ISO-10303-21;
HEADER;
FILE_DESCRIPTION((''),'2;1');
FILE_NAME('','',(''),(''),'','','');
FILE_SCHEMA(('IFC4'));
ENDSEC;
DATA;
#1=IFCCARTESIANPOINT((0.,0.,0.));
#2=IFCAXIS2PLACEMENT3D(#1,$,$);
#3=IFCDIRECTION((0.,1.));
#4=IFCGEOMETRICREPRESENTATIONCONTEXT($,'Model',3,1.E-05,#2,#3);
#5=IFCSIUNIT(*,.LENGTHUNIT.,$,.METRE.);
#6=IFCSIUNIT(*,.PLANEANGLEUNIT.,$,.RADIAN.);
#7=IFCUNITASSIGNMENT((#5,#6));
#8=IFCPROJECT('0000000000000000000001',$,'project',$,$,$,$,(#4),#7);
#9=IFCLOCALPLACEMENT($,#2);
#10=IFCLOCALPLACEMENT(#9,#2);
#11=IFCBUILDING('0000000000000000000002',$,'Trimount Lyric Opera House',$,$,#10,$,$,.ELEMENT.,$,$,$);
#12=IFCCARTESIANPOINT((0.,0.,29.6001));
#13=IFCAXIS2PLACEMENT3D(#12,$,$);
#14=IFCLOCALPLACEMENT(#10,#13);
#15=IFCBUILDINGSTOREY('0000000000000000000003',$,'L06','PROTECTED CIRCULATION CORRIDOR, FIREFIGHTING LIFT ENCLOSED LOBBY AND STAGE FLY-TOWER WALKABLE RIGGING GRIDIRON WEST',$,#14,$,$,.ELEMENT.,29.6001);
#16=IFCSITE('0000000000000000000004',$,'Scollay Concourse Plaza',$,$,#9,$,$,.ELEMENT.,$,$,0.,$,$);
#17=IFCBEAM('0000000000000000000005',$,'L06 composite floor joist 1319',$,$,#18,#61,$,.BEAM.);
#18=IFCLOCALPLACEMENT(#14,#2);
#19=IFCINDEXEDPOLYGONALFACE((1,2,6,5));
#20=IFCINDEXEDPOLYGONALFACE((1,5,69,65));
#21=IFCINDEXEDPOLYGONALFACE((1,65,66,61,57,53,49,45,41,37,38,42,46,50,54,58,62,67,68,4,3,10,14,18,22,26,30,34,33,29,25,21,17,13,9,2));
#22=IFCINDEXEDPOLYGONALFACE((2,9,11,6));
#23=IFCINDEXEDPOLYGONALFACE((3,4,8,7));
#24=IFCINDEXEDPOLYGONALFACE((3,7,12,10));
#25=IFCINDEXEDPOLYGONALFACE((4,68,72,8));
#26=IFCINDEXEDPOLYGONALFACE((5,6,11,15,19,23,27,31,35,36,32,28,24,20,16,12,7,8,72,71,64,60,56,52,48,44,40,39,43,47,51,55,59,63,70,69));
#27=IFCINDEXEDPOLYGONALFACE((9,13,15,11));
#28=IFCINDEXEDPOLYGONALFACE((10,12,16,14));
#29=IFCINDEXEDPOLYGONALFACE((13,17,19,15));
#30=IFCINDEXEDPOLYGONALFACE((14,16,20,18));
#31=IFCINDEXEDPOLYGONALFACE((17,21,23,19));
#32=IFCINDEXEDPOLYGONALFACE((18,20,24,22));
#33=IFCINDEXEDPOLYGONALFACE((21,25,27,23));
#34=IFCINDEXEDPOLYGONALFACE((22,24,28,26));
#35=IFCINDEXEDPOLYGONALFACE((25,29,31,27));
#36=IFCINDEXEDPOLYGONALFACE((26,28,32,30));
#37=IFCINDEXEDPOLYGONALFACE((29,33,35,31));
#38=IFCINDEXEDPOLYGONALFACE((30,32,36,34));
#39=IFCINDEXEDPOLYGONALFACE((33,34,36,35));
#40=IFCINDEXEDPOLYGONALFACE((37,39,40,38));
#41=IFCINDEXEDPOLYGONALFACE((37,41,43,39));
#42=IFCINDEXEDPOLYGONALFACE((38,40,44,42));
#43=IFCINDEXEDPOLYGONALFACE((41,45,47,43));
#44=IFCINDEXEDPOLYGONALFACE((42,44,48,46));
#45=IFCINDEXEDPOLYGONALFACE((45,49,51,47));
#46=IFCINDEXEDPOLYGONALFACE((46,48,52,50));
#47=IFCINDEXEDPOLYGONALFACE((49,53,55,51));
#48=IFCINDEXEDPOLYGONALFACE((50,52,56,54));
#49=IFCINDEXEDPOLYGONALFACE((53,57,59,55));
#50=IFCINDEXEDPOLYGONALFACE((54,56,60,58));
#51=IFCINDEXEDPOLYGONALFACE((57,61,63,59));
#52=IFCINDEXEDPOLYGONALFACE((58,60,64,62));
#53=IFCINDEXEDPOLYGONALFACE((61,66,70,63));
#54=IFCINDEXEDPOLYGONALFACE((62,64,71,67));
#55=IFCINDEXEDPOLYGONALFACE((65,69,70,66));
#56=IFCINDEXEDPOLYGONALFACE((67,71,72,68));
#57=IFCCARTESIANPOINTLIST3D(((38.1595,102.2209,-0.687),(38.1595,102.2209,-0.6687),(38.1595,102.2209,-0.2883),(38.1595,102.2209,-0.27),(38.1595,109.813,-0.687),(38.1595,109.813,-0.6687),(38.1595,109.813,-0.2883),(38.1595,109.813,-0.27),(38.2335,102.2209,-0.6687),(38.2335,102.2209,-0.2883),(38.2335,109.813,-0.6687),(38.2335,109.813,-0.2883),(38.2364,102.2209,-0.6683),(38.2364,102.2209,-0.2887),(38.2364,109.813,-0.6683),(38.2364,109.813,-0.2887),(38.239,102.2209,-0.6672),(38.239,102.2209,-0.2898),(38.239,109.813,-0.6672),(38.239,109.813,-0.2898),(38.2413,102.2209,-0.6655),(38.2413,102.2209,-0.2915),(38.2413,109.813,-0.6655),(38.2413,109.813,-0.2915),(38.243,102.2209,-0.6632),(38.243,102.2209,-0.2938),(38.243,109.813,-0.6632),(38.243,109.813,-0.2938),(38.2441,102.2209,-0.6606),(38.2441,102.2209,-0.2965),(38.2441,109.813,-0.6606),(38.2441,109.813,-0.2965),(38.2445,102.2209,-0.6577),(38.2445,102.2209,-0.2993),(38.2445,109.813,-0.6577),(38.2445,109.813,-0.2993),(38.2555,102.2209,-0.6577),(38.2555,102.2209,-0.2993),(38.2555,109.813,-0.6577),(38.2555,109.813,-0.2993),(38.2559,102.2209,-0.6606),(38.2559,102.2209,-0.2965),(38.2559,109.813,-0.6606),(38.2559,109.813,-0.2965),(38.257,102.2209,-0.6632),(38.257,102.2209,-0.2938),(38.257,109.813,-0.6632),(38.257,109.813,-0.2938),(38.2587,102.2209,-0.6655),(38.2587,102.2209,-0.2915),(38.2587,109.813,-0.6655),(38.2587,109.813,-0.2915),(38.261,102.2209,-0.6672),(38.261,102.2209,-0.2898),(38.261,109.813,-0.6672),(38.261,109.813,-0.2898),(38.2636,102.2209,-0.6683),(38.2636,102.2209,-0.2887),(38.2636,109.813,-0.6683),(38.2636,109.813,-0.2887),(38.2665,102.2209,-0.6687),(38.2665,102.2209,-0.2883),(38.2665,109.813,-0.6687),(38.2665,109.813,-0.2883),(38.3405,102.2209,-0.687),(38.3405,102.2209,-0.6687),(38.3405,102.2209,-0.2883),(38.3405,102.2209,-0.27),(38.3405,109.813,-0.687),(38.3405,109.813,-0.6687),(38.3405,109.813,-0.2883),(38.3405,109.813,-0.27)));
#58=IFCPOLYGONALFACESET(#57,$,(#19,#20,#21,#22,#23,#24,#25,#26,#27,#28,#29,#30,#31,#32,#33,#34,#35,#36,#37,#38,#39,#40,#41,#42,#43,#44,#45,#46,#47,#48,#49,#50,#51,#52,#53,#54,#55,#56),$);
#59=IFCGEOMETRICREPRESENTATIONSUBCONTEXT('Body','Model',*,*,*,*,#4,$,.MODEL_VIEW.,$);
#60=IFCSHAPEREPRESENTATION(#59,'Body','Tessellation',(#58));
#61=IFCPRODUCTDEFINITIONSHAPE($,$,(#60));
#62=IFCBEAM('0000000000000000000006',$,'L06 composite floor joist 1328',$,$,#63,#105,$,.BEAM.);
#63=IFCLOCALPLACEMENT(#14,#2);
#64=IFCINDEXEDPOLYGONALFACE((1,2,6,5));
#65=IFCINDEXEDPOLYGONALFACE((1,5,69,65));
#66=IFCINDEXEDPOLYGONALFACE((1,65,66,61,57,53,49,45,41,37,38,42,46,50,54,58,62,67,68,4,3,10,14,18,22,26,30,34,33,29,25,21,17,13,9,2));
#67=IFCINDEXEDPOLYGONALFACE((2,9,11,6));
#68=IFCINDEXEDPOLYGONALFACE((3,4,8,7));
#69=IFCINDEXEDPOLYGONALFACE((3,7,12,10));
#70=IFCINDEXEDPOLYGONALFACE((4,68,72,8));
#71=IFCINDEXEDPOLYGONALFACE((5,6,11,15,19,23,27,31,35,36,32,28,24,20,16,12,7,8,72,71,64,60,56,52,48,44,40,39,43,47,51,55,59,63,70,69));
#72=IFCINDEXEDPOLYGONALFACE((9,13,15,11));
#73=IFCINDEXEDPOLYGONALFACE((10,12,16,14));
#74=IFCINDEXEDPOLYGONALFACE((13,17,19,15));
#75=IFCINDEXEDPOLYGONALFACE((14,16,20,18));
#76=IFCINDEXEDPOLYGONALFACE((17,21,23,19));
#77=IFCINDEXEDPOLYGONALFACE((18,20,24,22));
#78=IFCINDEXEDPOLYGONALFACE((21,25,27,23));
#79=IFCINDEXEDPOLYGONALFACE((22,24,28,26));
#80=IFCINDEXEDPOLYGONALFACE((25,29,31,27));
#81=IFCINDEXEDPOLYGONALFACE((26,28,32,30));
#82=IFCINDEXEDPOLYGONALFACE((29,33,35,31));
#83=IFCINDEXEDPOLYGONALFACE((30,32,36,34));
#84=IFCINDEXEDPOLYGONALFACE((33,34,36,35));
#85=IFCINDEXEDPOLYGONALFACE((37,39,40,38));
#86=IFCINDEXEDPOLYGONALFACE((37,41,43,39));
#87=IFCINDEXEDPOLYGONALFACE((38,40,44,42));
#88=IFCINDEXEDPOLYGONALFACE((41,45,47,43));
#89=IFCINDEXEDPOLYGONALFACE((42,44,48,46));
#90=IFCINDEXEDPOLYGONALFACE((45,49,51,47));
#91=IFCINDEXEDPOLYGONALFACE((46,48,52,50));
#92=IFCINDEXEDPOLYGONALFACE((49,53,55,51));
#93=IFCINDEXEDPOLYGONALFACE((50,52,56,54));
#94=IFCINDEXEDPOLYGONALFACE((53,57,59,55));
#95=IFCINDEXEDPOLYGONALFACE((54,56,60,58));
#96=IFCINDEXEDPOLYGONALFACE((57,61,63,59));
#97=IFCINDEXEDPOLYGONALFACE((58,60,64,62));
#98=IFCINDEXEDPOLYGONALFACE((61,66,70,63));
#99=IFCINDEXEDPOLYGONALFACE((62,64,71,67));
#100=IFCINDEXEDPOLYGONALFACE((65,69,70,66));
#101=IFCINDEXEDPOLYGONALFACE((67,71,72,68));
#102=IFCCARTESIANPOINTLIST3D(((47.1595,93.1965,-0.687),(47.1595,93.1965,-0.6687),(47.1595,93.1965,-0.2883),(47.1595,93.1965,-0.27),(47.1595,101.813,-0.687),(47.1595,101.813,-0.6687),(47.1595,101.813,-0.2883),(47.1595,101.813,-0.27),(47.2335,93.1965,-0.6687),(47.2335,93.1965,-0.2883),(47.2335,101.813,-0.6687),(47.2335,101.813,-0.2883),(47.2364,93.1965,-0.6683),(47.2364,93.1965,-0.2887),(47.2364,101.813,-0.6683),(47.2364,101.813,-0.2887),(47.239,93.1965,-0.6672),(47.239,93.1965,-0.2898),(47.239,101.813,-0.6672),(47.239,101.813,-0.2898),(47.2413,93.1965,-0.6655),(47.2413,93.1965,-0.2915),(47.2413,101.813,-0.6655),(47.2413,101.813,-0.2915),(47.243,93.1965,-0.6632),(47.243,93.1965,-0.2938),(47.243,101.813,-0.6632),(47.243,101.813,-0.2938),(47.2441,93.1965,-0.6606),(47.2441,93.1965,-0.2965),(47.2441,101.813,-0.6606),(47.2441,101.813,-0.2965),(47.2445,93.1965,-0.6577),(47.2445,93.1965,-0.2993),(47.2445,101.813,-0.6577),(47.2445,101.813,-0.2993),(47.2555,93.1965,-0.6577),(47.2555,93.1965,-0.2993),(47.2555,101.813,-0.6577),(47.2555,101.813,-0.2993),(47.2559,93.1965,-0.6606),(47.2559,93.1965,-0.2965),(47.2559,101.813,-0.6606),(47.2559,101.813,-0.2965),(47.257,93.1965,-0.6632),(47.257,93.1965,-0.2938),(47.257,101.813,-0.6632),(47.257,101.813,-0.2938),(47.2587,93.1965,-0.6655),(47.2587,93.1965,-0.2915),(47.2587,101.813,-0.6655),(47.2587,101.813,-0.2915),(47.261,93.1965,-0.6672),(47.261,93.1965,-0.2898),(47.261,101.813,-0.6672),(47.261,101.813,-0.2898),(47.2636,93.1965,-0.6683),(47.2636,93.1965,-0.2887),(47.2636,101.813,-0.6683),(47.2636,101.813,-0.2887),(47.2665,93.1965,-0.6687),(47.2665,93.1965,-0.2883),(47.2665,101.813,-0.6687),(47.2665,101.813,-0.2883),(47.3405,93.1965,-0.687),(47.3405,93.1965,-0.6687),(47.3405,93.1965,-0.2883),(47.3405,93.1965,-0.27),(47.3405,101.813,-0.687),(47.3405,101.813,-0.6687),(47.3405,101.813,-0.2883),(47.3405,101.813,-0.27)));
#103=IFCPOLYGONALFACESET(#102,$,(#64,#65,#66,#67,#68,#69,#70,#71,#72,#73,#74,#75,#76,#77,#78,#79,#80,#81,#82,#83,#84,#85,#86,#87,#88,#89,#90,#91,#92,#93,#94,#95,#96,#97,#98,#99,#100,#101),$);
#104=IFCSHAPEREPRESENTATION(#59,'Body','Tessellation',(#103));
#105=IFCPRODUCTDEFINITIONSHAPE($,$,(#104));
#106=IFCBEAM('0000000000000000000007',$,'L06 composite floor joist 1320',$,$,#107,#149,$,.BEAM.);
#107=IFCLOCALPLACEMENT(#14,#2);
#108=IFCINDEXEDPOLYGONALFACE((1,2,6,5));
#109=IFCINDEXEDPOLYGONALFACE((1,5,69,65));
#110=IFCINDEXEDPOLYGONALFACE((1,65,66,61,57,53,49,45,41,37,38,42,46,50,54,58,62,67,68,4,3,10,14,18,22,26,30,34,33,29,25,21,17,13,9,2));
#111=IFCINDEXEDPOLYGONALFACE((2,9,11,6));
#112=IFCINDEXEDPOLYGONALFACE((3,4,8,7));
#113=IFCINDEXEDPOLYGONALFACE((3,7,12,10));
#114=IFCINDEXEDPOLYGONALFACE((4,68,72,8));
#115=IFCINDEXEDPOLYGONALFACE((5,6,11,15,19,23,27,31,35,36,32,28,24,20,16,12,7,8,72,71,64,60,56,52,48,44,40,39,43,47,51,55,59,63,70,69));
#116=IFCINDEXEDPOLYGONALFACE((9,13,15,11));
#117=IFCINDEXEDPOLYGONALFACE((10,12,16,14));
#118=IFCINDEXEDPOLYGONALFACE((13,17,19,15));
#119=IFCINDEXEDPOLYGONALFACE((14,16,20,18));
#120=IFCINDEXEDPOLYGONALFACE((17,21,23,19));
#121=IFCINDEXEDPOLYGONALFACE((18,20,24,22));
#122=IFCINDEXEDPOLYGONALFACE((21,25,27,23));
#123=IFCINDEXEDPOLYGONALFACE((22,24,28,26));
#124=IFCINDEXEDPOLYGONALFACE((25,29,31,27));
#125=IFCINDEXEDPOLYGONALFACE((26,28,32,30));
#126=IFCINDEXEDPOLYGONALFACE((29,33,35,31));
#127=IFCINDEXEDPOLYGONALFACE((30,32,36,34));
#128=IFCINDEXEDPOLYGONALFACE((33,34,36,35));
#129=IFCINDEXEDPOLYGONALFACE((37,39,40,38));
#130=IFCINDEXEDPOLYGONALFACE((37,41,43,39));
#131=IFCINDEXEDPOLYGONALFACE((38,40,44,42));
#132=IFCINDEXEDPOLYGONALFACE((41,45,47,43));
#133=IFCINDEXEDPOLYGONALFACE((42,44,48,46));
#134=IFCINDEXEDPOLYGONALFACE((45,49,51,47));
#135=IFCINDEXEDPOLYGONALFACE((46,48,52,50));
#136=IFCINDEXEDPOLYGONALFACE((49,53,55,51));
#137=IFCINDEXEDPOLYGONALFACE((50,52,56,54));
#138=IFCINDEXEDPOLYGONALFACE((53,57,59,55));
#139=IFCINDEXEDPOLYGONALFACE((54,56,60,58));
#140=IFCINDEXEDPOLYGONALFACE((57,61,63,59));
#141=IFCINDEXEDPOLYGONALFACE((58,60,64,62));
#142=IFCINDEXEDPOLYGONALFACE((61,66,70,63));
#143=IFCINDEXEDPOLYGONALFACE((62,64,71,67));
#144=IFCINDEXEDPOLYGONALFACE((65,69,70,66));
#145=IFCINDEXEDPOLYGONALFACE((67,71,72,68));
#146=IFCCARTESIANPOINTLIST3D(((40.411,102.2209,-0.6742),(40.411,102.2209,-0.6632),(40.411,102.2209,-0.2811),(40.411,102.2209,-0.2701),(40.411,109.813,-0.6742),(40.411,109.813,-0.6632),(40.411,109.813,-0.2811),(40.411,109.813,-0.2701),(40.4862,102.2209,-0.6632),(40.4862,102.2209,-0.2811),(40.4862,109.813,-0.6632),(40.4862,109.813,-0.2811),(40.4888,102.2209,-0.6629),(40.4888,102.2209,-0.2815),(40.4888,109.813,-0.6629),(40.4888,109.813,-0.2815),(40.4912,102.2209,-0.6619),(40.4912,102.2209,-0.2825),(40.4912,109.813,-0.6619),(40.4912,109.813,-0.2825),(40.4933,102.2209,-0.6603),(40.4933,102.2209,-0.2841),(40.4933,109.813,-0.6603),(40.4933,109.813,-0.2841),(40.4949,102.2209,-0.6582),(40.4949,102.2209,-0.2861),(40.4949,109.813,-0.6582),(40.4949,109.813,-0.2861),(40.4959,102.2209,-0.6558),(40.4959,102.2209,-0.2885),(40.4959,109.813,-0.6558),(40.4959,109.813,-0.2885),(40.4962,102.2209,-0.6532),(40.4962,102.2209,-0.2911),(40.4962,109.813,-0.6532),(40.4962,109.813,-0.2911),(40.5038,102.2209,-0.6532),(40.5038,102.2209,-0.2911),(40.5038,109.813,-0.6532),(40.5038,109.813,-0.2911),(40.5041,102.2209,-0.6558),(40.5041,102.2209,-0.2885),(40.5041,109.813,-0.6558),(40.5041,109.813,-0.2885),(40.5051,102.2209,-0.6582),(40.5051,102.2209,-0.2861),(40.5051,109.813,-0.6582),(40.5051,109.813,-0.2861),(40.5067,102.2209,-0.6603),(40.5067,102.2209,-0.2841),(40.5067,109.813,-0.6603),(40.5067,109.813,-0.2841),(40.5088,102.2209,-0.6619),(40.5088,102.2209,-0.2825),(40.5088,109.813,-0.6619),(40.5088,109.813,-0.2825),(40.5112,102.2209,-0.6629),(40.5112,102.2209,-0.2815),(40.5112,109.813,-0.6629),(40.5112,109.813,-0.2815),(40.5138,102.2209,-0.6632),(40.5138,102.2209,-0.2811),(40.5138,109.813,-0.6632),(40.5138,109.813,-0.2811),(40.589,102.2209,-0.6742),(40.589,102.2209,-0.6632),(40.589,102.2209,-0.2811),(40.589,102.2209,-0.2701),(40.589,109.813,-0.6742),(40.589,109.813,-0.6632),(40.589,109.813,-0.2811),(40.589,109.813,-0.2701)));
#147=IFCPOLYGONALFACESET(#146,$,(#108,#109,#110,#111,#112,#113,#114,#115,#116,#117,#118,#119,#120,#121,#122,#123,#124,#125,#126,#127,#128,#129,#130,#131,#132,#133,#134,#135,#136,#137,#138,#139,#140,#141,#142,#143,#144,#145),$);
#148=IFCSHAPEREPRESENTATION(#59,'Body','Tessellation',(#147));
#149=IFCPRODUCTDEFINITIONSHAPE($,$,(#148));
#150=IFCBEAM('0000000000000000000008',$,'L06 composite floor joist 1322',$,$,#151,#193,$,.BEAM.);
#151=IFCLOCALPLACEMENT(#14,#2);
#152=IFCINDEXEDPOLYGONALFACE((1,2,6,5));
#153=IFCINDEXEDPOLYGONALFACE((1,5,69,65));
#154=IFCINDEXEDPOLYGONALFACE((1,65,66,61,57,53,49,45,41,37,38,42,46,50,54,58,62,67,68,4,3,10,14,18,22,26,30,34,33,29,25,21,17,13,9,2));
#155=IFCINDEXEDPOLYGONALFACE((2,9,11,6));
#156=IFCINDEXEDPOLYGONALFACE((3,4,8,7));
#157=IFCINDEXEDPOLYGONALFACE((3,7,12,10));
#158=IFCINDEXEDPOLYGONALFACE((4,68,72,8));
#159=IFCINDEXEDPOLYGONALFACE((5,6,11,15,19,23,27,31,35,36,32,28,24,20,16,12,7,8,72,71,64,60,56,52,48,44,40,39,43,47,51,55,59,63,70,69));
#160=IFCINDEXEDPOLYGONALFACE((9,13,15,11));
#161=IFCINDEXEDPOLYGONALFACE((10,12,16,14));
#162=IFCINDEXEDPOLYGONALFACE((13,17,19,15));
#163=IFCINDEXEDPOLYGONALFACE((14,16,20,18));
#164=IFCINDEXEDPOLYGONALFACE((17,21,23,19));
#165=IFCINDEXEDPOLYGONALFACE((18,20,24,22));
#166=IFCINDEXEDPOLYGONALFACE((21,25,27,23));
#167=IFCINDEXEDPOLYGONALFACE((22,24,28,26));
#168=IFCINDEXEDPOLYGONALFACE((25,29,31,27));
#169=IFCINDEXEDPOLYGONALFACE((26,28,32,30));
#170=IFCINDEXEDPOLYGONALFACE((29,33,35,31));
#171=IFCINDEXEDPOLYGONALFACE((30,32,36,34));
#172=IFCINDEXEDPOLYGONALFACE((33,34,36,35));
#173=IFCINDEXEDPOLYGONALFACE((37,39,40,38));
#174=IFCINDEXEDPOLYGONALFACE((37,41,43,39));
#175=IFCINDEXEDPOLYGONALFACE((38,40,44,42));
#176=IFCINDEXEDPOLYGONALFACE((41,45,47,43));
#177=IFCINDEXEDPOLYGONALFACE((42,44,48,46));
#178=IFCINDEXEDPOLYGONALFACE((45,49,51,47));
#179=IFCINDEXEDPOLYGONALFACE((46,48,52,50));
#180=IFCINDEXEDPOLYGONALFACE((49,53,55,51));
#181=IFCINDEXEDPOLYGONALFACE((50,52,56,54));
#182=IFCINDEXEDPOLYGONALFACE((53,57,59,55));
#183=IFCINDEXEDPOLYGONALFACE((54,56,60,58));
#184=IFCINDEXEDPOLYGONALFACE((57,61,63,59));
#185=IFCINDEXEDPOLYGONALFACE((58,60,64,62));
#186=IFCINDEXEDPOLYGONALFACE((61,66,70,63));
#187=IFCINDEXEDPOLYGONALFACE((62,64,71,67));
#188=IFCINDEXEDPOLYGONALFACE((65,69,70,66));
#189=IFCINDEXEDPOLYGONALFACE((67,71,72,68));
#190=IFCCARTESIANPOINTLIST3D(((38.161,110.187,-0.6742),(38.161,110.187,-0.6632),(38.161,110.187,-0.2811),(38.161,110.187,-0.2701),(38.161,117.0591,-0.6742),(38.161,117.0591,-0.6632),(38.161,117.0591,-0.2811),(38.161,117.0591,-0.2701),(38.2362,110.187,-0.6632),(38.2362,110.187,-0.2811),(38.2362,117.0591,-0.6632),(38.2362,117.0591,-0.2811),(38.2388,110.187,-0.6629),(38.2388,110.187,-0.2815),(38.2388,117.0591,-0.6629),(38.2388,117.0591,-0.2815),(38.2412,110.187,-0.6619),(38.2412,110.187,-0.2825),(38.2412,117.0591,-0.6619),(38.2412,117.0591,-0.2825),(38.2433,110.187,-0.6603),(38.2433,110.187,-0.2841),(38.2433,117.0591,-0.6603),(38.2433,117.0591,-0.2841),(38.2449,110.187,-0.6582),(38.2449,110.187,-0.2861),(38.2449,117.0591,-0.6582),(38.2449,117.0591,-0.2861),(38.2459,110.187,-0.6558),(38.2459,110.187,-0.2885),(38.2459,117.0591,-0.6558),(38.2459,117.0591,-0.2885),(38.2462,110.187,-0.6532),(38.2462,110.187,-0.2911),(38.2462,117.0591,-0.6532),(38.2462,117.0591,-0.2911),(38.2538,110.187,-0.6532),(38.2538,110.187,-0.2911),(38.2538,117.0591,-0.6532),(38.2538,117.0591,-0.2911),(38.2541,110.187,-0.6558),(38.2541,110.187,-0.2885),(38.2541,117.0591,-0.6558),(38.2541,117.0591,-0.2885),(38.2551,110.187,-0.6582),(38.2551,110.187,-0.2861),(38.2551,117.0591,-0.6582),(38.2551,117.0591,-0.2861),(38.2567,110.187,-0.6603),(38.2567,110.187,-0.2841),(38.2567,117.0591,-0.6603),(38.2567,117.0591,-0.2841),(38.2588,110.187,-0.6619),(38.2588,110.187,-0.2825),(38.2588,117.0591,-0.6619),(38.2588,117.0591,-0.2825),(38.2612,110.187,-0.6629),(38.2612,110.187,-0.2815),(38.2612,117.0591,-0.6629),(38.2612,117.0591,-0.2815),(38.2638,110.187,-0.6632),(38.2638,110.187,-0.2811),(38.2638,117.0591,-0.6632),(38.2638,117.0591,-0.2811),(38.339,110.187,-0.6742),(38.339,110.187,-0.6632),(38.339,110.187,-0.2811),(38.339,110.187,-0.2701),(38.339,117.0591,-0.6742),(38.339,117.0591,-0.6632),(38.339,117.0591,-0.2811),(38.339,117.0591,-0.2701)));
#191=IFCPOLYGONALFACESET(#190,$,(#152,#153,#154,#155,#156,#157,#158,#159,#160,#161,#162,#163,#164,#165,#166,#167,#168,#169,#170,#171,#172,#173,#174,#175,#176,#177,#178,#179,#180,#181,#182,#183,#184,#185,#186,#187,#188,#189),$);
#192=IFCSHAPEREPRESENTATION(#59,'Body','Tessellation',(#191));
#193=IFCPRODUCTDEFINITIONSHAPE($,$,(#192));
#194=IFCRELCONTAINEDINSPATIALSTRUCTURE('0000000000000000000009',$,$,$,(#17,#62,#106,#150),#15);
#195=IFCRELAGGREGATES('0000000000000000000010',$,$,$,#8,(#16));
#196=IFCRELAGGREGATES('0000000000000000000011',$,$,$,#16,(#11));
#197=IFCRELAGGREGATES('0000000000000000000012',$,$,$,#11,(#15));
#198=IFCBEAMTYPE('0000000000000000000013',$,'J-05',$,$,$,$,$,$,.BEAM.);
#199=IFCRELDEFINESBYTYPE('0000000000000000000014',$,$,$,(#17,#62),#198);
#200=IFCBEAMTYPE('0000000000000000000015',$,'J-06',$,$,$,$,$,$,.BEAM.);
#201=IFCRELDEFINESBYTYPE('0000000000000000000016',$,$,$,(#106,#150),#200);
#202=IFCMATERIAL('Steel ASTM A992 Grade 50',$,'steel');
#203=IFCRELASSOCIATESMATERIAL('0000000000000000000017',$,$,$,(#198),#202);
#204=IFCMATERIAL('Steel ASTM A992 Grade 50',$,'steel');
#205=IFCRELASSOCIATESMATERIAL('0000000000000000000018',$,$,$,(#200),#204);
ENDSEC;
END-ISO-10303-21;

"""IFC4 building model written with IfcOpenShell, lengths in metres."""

from ifc_helpers import new_model, si_unit, direction, frame, origin, origin_2d, place, context, subcontext, project, spatial, i_section, extrude, material, material_profile, profile_set, type_object, element, save


model = new_model("IFC4")

# Units and contexts
model_context = context("Model", 3, precision=1e-05, world=origin(), true_north=direction((0.0, 1.0)))
body_context = subcontext(model_context, "Body", "Model", "MODEL_VIEW")
ifc_project = project(units=[si_unit("LENGTHUNIT", "METRE"), si_unit("PLANEANGLEUNIT", "RADIAN")], contexts=[model_context])

# Site, building, storey
site_placement = place(None, origin())
site = spatial("IfcSite", under=ifc_project, at=site_placement, Name="Scollay Concourse Plaza", CompositionType="ELEMENT", RefElevation=0.0)
building_placement = place(site_placement, origin())
building = spatial("IfcBuilding", under=site, at=building_placement, Name="Trimount Lyric Opera House", CompositionType="ELEMENT")
storey_placement = place(building_placement, frame((0.0, 0.0, 29.6001)))
storey = spatial("IfcBuildingStorey", under=building, at=storey_placement, Name="L06", Description="PROTECTED CIRCULATION CORRIDOR, FIREFIGHTING LIFT ENCLOSED LOBBY AND STAGE FLY-TOWER WALKABLE RIGGING GRIDIRON WEST", CompositionType="ELEMENT", Elevation=29.6001)

# Beams
ifc_material_1 = material(Name="Steel ASTM A992 Grade 50", Category="steel")
ifc_material_profile_1 = material_profile(ifc_material_1, i_section(OverallWidth=0.1809, OverallDepth=0.417, WebThickness=0.011, FlangeThickness=0.0183, FilletRadius=0.011, at=origin_2d()), Name="W16X57")
ifc_profile_set_1 = profile_set([ifc_material_profile_1], Name="Steel ASTM A992 Grade 50")
beam_type_1 = type_object("IfcBeamType", Name="J-05", PredefinedType="BEAM", material=ifc_profile_set_1)
beam_1_placement = place(storey_placement, frame((38.25, 102.2209, -0.4785), z_axis=(0.0, 1.0, 0.0), x_axis=(-1.0, 0.0, 0.0)))
element("IfcBeam", 1, at=beam_1_placement, inside=storey, type_object=beam_type_1, Name="L06 composite floor joist 1319", PredefinedType="BEAM", context=body_context, shape_type="SweptSolid", body=[
    extrude(i_section(OverallWidth=0.1809, OverallDepth=0.417, WebThickness=0.011, FlangeThickness=0.0183, FilletRadius=0.011, at=origin_2d()), origin(), (0.0, 0.0, 1.0), 7.592),
])
beam_2_placement = place(storey_placement, frame((47.25, 93.1965, -0.4785), z_axis=(0.0, 1.0, 0.0), x_axis=(-1.0, 0.0, 0.0)))
element("IfcBeam", 2, at=beam_2_placement, inside=storey, type_object=beam_type_1, Name="L06 composite floor joist 1328", PredefinedType="BEAM", context=body_context, shape_type="SweptSolid", body=[
    extrude(i_section(OverallWidth=0.1809, OverallDepth=0.417, WebThickness=0.011, FlangeThickness=0.0183, FilletRadius=0.011, at=origin_2d()), origin(), (0.0, 0.0, 1.0), 8.6165),
])
ifc_material_2 = material(Name="Steel ASTM A992 Grade 50", Category="steel")
ifc_material_profile_2 = material_profile(ifc_material_2, i_section(OverallWidth=0.178, OverallDepth=0.4041, WebThickness=0.0076, FlangeThickness=0.011, FilletRadius=0.01, at=origin_2d()), Name="W16X36")
ifc_profile_set_2 = profile_set([ifc_material_profile_2], Name="Steel ASTM A992 Grade 50")
beam_type_2 = type_object("IfcBeamType", Name="J-06", PredefinedType="BEAM", material=ifc_profile_set_2)
beam_3_placement = place(storey_placement, frame((40.5, 102.2209, -0.4722), z_axis=(0.0, 1.0, 0.0), x_axis=(-1.0, 0.0, 0.0)))
element("IfcBeam", 3, at=beam_3_placement, inside=storey, type_object=beam_type_2, Name="L06 composite floor joist 1320", PredefinedType="BEAM", context=body_context, shape_type="SweptSolid", body=[
    extrude(i_section(OverallWidth=0.178, OverallDepth=0.4041, WebThickness=0.0076, FlangeThickness=0.011, FilletRadius=0.01, at=origin_2d()), origin(), (0.0, 0.0, 1.0), 7.592),
])
beam_4_placement = place(storey_placement, frame((38.25, 110.187, -0.4722), z_axis=(0.0, 1.0, 0.0), x_axis=(-1.0, 0.0, 0.0)))
element("IfcBeam", 4, at=beam_4_placement, inside=storey, type_object=beam_type_2, Name="L06 composite floor joist 1322", PredefinedType="BEAM", context=body_context, shape_type="SweptSolid", body=[
    extrude(i_section(OverallWidth=0.178, OverallDepth=0.4041, WebThickness=0.0076, FlangeThickness=0.011, FilletRadius=0.01, at=origin_2d()), origin(), (0.0, 0.0, 1.0), 6.8721),
])

save(model, "model.ifc")
